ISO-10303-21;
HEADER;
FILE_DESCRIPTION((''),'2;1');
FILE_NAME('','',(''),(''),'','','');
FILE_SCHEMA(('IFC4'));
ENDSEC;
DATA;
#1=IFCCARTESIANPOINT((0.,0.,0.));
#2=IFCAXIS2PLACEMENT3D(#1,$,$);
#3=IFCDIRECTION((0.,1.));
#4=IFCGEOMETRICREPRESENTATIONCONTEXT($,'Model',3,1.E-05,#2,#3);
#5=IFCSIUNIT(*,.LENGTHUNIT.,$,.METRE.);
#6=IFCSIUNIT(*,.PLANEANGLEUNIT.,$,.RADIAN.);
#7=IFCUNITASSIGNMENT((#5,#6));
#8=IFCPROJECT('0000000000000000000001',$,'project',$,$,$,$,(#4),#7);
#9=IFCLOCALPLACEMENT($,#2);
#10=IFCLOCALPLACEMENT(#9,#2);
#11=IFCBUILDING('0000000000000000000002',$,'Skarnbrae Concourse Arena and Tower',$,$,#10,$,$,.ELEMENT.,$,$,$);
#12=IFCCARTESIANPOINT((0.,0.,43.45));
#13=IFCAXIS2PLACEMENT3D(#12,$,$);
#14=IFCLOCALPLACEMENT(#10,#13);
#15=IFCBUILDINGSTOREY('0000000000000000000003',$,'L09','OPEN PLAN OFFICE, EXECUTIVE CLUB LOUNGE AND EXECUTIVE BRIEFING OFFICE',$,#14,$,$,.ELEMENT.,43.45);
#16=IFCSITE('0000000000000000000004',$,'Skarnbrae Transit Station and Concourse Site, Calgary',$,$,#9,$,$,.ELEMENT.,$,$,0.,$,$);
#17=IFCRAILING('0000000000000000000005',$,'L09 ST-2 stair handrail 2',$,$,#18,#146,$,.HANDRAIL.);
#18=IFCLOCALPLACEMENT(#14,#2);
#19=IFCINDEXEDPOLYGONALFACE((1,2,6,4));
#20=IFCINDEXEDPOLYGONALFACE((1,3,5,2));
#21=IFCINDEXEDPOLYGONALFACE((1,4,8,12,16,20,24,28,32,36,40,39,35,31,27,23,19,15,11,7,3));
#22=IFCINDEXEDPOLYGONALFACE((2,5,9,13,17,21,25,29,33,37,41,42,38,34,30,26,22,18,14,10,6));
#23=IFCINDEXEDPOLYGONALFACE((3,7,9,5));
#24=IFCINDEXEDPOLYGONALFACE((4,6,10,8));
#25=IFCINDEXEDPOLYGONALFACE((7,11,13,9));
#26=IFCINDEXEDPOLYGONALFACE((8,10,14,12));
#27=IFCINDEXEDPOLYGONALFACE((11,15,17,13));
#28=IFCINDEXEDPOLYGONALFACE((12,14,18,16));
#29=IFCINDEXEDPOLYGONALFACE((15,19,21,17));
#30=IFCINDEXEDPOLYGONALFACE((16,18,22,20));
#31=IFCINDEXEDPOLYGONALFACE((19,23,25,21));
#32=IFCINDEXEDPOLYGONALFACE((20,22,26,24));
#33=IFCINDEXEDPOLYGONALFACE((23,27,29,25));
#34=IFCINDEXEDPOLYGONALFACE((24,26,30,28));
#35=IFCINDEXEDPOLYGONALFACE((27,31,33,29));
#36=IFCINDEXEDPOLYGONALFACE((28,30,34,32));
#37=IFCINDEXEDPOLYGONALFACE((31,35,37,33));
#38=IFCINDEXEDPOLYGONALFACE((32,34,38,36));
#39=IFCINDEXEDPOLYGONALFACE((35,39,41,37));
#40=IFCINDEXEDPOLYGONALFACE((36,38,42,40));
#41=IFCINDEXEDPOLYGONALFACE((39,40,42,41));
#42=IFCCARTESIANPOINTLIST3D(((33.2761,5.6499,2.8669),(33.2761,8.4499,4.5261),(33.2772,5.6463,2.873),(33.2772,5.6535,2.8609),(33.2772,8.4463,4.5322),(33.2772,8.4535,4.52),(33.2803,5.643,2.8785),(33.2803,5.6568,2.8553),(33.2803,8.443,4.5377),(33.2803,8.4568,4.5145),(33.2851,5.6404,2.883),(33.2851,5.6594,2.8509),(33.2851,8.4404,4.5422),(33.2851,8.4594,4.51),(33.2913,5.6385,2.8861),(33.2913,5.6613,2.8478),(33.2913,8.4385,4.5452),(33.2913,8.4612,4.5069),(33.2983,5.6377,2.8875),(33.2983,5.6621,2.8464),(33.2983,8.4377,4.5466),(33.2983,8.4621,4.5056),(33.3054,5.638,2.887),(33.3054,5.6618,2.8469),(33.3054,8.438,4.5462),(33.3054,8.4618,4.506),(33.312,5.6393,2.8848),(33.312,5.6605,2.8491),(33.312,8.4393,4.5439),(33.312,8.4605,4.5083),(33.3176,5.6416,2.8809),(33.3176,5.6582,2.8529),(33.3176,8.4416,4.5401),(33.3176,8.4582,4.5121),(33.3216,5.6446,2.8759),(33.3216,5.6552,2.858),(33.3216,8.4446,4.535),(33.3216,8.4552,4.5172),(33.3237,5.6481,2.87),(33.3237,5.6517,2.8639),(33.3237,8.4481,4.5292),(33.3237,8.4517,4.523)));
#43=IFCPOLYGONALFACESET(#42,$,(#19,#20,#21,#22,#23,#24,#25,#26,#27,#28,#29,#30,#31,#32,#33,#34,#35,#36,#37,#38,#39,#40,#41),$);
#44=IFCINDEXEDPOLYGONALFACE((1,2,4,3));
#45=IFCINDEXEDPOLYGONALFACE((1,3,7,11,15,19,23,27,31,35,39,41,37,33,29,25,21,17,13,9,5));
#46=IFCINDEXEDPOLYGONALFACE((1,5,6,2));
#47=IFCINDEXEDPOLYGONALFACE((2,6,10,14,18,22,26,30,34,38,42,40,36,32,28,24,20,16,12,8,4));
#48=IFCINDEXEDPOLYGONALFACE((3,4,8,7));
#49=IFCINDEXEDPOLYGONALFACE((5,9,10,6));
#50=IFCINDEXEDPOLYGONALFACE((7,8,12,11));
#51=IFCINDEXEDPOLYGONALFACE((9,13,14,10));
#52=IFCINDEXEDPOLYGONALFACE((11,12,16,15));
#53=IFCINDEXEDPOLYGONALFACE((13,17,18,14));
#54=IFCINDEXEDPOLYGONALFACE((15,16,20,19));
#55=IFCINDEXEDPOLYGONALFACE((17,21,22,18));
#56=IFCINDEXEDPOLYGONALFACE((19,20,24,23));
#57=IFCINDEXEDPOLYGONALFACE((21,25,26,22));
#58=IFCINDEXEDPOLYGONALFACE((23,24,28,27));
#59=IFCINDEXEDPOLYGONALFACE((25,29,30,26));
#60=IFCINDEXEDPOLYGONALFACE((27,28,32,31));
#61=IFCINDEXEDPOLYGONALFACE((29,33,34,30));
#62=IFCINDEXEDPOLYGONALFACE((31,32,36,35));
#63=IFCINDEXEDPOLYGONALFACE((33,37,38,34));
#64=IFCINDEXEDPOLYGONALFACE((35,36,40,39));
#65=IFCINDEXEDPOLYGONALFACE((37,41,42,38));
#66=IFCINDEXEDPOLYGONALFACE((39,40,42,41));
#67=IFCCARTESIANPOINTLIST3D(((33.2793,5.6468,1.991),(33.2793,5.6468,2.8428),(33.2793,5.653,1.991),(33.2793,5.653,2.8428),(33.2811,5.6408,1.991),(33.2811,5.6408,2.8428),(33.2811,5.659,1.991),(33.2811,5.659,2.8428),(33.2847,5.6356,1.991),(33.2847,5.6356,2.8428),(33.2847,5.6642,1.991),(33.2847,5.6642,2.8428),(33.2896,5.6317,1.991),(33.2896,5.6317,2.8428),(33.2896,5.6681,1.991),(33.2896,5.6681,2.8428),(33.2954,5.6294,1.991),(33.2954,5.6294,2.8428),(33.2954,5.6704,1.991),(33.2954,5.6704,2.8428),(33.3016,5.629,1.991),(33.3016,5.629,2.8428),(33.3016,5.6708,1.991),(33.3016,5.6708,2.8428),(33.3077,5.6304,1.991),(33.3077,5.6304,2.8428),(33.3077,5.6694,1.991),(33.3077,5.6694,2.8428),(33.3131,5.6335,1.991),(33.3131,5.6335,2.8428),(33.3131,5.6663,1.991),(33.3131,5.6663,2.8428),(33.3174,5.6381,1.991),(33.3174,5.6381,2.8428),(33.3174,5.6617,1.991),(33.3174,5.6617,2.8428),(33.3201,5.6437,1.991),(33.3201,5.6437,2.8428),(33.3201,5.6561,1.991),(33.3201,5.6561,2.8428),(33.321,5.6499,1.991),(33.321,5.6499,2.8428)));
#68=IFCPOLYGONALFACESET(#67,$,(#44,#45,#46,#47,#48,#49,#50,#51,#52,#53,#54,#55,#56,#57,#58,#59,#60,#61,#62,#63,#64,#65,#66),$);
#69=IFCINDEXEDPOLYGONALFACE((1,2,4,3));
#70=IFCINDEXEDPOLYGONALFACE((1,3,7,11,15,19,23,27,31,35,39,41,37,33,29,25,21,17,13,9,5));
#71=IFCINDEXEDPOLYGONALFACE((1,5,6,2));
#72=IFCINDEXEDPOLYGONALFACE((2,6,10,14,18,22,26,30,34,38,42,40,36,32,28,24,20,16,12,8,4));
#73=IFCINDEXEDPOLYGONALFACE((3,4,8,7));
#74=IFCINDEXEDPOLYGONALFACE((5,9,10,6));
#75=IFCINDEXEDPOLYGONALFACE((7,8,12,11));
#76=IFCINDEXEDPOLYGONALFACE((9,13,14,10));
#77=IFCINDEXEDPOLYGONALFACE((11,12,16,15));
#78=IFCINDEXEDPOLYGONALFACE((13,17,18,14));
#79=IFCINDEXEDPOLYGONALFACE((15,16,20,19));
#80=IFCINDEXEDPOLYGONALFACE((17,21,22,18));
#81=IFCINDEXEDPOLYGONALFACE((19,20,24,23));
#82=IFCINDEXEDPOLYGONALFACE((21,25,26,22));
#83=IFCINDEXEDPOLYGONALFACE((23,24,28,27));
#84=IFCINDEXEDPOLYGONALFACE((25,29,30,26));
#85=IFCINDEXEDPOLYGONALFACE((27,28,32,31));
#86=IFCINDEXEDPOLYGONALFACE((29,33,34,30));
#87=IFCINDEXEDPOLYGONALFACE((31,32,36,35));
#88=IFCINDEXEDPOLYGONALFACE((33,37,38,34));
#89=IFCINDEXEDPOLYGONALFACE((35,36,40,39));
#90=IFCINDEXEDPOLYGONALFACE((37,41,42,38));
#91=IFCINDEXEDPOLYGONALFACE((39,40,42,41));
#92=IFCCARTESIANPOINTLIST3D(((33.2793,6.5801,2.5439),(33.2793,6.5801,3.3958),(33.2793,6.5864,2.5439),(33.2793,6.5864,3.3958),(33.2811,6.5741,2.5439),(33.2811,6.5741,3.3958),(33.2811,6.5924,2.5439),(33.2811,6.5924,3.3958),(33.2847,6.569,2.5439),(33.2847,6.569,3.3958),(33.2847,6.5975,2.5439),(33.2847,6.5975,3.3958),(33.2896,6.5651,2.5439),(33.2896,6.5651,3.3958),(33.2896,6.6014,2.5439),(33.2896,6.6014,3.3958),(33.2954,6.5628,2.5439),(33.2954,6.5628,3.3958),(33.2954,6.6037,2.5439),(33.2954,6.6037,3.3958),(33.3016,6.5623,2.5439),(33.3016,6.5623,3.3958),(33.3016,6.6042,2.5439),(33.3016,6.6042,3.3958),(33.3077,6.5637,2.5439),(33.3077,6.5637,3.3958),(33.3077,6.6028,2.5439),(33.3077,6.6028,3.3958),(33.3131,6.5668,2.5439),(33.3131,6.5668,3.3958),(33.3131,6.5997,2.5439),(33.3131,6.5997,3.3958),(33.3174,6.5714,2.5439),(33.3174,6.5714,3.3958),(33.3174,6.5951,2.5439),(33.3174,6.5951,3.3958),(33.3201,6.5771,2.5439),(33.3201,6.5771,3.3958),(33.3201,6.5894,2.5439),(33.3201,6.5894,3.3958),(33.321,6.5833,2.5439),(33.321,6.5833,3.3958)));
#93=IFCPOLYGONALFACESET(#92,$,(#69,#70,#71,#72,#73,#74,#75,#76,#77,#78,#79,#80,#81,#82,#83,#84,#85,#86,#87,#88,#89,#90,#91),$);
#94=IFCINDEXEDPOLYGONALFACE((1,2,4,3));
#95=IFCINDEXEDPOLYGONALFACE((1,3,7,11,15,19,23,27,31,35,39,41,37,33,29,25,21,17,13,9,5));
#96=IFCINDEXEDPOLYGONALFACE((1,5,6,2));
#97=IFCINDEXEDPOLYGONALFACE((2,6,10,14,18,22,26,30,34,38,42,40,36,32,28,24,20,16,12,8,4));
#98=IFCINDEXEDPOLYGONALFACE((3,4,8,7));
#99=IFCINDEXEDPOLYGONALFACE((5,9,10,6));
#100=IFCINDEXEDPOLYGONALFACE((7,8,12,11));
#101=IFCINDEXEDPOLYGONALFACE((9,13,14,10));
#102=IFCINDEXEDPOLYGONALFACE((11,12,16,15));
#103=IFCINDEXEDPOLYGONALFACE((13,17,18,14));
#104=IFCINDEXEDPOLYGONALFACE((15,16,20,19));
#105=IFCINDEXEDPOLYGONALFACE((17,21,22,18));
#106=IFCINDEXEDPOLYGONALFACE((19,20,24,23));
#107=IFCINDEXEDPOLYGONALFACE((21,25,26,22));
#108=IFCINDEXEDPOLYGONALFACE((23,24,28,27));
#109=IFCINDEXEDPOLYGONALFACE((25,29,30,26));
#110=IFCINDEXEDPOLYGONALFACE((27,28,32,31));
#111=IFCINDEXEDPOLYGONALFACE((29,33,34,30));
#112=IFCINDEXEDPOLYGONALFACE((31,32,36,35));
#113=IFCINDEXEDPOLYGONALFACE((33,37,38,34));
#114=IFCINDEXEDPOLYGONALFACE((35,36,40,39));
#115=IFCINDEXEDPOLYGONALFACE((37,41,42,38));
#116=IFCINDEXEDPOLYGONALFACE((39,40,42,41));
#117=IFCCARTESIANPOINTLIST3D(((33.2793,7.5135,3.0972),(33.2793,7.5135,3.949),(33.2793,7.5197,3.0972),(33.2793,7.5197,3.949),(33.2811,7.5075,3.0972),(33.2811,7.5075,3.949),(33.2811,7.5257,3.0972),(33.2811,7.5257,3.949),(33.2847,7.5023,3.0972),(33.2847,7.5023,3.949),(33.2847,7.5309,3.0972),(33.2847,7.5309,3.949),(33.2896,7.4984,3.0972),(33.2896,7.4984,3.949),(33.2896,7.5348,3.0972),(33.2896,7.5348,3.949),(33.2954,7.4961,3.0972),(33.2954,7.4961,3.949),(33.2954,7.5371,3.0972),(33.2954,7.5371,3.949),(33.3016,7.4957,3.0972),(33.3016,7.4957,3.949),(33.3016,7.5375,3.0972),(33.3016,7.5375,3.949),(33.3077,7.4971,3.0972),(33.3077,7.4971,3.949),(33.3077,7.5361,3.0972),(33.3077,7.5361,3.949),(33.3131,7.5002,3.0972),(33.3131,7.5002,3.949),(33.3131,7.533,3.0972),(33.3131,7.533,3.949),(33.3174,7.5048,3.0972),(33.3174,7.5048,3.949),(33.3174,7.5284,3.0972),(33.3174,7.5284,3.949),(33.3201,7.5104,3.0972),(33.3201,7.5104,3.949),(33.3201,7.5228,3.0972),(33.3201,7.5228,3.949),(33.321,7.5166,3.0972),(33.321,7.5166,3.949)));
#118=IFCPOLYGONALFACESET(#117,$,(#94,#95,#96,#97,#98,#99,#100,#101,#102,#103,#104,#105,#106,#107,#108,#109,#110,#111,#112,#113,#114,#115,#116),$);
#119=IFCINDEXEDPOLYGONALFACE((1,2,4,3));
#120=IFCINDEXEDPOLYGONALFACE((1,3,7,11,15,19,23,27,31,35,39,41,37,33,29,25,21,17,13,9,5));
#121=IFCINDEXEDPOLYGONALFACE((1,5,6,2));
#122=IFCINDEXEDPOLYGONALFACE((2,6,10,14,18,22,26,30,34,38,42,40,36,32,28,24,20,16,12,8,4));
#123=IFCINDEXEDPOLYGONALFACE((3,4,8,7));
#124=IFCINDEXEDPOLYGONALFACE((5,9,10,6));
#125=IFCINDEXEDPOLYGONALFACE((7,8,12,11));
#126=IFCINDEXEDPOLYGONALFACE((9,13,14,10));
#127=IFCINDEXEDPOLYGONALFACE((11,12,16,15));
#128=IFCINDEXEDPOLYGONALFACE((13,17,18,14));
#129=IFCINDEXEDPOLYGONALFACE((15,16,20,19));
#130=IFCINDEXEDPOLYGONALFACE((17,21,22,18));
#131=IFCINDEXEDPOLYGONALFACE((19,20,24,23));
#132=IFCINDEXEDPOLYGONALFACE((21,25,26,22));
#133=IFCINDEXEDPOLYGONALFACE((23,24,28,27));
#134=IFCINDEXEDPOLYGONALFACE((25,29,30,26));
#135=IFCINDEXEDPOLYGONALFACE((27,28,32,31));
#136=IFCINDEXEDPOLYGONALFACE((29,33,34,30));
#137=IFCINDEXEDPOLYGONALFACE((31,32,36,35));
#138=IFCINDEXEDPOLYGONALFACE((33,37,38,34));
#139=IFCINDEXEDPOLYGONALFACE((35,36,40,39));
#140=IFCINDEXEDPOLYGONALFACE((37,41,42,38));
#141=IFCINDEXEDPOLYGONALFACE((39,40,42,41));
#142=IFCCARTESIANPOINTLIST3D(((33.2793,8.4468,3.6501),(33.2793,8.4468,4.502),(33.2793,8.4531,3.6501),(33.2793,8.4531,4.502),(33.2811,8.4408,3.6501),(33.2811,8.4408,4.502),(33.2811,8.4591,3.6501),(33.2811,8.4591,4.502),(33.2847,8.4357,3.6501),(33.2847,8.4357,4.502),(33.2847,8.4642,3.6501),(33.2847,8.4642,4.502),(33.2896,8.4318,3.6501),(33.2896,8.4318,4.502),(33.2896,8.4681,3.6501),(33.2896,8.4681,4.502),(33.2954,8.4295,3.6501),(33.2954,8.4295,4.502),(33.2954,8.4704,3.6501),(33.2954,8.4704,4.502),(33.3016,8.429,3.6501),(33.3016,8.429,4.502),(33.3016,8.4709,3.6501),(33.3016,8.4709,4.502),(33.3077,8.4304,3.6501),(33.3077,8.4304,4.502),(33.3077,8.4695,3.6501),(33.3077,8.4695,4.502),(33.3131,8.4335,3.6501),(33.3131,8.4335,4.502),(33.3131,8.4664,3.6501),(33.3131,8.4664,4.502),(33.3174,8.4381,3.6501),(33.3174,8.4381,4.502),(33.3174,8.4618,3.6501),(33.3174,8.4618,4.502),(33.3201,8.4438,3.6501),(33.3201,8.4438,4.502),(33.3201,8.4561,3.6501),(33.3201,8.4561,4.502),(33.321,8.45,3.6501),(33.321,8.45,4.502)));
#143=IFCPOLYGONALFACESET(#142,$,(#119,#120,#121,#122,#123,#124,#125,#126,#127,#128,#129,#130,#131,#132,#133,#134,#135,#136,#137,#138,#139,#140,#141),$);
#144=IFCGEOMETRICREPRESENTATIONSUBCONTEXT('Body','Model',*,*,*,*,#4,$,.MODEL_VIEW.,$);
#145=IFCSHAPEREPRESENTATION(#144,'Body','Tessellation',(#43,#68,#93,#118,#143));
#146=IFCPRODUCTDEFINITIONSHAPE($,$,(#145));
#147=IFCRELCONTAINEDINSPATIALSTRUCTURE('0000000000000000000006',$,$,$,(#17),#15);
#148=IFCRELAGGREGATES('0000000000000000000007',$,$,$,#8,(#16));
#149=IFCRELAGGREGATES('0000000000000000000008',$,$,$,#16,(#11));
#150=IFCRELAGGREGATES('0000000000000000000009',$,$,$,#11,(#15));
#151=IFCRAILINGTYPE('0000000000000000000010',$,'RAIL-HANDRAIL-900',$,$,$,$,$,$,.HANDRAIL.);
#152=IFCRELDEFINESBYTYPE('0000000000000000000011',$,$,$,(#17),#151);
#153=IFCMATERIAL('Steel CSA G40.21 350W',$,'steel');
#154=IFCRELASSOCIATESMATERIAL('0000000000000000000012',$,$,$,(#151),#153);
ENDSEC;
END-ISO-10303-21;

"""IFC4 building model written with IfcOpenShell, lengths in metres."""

from ifc_helpers import new_model, si_unit, direction, frame, origin, origin_2d, place, context, subcontext, project, spatial, circle, extrude, material, type_object, element, save


model = new_model("IFC4")

# Units and contexts
model_context = context("Model", 3, precision=1e-05, world=origin(), true_north=direction((0.0, 1.0)))
body_context = subcontext(model_context, "Body", "Model", "MODEL_VIEW")
ifc_project = project(units=[si_unit("LENGTHUNIT", "METRE"), si_unit("PLANEANGLEUNIT", "RADIAN")], contexts=[model_context])

# Site, building, storey
site_placement = place(None, origin())
site = spatial("IfcSite", under=ifc_project, at=site_placement, Name="Skarnbrae Transit Station and Concourse Site, Calgary", CompositionType="ELEMENT", RefElevation=0.0)
building_placement = place(site_placement, origin())
building = spatial("IfcBuilding", under=site, at=building_placement, Name="Skarnbrae Concourse Arena and Tower", CompositionType="ELEMENT")
storey_placement = place(building_placement, frame((0.0, 0.0, 43.45)))
storey = spatial("IfcBuildingStorey", under=building, at=storey_placement, Name="L09", Description="OPEN PLAN OFFICE, EXECUTIVE CLUB LOUNGE AND EXECUTIVE BRIEFING OFFICE", CompositionType="ELEMENT", Elevation=43.45)

# Shared definitions
ifc_material_1 = material(Name="Steel CSA G40.21 350W", Category="steel")

# Railing
railing_type_1 = type_object("IfcRailingType", Name="RAIL-HANDRAIL-900", PredefinedType="HANDRAIL", material=ifc_material_1)
railing_1_placement = place(storey_placement, frame((33.3, 5.6499, 1.991)))
element("IfcRailing", 1, at=railing_1_placement, inside=storey, type_object=railing_type_1, Name="L09 ST-2 stair handrail 2", PredefinedType="HANDRAIL", context=body_context, shape_type="SweptSolid", body=[
    extrude(circle(Radius=0.0239, at=origin_2d()), frame((0.0, 0.0, 0.876), z_axis=(0.0, 0.860306, 0.509778), x_axis=(-1.0, 0.0, 0.0)), (0.0, 0.0, 1.0), 3.2546),
    extrude(circle(Radius=0.021, at=origin_2d()), origin(), (0.0, 0.0, 1.0), 0.8518),
    extrude(circle(Radius=0.021, at=origin_2d()), frame((0.0, 0.9333, 0.553)), (0.0, 0.0, 1.0), 0.8518),
    extrude(circle(Radius=0.021, at=origin_2d()), frame((0.0, 1.8667, 1.1062)), (0.0, 0.0, 1.0), 0.8518),
    extrude(circle(Radius=0.021, at=origin_2d()), frame((0.0, 2.8, 1.6592)), (0.0, 0.0, 1.0), 0.8518),
])

save(model, "model.ifc")
